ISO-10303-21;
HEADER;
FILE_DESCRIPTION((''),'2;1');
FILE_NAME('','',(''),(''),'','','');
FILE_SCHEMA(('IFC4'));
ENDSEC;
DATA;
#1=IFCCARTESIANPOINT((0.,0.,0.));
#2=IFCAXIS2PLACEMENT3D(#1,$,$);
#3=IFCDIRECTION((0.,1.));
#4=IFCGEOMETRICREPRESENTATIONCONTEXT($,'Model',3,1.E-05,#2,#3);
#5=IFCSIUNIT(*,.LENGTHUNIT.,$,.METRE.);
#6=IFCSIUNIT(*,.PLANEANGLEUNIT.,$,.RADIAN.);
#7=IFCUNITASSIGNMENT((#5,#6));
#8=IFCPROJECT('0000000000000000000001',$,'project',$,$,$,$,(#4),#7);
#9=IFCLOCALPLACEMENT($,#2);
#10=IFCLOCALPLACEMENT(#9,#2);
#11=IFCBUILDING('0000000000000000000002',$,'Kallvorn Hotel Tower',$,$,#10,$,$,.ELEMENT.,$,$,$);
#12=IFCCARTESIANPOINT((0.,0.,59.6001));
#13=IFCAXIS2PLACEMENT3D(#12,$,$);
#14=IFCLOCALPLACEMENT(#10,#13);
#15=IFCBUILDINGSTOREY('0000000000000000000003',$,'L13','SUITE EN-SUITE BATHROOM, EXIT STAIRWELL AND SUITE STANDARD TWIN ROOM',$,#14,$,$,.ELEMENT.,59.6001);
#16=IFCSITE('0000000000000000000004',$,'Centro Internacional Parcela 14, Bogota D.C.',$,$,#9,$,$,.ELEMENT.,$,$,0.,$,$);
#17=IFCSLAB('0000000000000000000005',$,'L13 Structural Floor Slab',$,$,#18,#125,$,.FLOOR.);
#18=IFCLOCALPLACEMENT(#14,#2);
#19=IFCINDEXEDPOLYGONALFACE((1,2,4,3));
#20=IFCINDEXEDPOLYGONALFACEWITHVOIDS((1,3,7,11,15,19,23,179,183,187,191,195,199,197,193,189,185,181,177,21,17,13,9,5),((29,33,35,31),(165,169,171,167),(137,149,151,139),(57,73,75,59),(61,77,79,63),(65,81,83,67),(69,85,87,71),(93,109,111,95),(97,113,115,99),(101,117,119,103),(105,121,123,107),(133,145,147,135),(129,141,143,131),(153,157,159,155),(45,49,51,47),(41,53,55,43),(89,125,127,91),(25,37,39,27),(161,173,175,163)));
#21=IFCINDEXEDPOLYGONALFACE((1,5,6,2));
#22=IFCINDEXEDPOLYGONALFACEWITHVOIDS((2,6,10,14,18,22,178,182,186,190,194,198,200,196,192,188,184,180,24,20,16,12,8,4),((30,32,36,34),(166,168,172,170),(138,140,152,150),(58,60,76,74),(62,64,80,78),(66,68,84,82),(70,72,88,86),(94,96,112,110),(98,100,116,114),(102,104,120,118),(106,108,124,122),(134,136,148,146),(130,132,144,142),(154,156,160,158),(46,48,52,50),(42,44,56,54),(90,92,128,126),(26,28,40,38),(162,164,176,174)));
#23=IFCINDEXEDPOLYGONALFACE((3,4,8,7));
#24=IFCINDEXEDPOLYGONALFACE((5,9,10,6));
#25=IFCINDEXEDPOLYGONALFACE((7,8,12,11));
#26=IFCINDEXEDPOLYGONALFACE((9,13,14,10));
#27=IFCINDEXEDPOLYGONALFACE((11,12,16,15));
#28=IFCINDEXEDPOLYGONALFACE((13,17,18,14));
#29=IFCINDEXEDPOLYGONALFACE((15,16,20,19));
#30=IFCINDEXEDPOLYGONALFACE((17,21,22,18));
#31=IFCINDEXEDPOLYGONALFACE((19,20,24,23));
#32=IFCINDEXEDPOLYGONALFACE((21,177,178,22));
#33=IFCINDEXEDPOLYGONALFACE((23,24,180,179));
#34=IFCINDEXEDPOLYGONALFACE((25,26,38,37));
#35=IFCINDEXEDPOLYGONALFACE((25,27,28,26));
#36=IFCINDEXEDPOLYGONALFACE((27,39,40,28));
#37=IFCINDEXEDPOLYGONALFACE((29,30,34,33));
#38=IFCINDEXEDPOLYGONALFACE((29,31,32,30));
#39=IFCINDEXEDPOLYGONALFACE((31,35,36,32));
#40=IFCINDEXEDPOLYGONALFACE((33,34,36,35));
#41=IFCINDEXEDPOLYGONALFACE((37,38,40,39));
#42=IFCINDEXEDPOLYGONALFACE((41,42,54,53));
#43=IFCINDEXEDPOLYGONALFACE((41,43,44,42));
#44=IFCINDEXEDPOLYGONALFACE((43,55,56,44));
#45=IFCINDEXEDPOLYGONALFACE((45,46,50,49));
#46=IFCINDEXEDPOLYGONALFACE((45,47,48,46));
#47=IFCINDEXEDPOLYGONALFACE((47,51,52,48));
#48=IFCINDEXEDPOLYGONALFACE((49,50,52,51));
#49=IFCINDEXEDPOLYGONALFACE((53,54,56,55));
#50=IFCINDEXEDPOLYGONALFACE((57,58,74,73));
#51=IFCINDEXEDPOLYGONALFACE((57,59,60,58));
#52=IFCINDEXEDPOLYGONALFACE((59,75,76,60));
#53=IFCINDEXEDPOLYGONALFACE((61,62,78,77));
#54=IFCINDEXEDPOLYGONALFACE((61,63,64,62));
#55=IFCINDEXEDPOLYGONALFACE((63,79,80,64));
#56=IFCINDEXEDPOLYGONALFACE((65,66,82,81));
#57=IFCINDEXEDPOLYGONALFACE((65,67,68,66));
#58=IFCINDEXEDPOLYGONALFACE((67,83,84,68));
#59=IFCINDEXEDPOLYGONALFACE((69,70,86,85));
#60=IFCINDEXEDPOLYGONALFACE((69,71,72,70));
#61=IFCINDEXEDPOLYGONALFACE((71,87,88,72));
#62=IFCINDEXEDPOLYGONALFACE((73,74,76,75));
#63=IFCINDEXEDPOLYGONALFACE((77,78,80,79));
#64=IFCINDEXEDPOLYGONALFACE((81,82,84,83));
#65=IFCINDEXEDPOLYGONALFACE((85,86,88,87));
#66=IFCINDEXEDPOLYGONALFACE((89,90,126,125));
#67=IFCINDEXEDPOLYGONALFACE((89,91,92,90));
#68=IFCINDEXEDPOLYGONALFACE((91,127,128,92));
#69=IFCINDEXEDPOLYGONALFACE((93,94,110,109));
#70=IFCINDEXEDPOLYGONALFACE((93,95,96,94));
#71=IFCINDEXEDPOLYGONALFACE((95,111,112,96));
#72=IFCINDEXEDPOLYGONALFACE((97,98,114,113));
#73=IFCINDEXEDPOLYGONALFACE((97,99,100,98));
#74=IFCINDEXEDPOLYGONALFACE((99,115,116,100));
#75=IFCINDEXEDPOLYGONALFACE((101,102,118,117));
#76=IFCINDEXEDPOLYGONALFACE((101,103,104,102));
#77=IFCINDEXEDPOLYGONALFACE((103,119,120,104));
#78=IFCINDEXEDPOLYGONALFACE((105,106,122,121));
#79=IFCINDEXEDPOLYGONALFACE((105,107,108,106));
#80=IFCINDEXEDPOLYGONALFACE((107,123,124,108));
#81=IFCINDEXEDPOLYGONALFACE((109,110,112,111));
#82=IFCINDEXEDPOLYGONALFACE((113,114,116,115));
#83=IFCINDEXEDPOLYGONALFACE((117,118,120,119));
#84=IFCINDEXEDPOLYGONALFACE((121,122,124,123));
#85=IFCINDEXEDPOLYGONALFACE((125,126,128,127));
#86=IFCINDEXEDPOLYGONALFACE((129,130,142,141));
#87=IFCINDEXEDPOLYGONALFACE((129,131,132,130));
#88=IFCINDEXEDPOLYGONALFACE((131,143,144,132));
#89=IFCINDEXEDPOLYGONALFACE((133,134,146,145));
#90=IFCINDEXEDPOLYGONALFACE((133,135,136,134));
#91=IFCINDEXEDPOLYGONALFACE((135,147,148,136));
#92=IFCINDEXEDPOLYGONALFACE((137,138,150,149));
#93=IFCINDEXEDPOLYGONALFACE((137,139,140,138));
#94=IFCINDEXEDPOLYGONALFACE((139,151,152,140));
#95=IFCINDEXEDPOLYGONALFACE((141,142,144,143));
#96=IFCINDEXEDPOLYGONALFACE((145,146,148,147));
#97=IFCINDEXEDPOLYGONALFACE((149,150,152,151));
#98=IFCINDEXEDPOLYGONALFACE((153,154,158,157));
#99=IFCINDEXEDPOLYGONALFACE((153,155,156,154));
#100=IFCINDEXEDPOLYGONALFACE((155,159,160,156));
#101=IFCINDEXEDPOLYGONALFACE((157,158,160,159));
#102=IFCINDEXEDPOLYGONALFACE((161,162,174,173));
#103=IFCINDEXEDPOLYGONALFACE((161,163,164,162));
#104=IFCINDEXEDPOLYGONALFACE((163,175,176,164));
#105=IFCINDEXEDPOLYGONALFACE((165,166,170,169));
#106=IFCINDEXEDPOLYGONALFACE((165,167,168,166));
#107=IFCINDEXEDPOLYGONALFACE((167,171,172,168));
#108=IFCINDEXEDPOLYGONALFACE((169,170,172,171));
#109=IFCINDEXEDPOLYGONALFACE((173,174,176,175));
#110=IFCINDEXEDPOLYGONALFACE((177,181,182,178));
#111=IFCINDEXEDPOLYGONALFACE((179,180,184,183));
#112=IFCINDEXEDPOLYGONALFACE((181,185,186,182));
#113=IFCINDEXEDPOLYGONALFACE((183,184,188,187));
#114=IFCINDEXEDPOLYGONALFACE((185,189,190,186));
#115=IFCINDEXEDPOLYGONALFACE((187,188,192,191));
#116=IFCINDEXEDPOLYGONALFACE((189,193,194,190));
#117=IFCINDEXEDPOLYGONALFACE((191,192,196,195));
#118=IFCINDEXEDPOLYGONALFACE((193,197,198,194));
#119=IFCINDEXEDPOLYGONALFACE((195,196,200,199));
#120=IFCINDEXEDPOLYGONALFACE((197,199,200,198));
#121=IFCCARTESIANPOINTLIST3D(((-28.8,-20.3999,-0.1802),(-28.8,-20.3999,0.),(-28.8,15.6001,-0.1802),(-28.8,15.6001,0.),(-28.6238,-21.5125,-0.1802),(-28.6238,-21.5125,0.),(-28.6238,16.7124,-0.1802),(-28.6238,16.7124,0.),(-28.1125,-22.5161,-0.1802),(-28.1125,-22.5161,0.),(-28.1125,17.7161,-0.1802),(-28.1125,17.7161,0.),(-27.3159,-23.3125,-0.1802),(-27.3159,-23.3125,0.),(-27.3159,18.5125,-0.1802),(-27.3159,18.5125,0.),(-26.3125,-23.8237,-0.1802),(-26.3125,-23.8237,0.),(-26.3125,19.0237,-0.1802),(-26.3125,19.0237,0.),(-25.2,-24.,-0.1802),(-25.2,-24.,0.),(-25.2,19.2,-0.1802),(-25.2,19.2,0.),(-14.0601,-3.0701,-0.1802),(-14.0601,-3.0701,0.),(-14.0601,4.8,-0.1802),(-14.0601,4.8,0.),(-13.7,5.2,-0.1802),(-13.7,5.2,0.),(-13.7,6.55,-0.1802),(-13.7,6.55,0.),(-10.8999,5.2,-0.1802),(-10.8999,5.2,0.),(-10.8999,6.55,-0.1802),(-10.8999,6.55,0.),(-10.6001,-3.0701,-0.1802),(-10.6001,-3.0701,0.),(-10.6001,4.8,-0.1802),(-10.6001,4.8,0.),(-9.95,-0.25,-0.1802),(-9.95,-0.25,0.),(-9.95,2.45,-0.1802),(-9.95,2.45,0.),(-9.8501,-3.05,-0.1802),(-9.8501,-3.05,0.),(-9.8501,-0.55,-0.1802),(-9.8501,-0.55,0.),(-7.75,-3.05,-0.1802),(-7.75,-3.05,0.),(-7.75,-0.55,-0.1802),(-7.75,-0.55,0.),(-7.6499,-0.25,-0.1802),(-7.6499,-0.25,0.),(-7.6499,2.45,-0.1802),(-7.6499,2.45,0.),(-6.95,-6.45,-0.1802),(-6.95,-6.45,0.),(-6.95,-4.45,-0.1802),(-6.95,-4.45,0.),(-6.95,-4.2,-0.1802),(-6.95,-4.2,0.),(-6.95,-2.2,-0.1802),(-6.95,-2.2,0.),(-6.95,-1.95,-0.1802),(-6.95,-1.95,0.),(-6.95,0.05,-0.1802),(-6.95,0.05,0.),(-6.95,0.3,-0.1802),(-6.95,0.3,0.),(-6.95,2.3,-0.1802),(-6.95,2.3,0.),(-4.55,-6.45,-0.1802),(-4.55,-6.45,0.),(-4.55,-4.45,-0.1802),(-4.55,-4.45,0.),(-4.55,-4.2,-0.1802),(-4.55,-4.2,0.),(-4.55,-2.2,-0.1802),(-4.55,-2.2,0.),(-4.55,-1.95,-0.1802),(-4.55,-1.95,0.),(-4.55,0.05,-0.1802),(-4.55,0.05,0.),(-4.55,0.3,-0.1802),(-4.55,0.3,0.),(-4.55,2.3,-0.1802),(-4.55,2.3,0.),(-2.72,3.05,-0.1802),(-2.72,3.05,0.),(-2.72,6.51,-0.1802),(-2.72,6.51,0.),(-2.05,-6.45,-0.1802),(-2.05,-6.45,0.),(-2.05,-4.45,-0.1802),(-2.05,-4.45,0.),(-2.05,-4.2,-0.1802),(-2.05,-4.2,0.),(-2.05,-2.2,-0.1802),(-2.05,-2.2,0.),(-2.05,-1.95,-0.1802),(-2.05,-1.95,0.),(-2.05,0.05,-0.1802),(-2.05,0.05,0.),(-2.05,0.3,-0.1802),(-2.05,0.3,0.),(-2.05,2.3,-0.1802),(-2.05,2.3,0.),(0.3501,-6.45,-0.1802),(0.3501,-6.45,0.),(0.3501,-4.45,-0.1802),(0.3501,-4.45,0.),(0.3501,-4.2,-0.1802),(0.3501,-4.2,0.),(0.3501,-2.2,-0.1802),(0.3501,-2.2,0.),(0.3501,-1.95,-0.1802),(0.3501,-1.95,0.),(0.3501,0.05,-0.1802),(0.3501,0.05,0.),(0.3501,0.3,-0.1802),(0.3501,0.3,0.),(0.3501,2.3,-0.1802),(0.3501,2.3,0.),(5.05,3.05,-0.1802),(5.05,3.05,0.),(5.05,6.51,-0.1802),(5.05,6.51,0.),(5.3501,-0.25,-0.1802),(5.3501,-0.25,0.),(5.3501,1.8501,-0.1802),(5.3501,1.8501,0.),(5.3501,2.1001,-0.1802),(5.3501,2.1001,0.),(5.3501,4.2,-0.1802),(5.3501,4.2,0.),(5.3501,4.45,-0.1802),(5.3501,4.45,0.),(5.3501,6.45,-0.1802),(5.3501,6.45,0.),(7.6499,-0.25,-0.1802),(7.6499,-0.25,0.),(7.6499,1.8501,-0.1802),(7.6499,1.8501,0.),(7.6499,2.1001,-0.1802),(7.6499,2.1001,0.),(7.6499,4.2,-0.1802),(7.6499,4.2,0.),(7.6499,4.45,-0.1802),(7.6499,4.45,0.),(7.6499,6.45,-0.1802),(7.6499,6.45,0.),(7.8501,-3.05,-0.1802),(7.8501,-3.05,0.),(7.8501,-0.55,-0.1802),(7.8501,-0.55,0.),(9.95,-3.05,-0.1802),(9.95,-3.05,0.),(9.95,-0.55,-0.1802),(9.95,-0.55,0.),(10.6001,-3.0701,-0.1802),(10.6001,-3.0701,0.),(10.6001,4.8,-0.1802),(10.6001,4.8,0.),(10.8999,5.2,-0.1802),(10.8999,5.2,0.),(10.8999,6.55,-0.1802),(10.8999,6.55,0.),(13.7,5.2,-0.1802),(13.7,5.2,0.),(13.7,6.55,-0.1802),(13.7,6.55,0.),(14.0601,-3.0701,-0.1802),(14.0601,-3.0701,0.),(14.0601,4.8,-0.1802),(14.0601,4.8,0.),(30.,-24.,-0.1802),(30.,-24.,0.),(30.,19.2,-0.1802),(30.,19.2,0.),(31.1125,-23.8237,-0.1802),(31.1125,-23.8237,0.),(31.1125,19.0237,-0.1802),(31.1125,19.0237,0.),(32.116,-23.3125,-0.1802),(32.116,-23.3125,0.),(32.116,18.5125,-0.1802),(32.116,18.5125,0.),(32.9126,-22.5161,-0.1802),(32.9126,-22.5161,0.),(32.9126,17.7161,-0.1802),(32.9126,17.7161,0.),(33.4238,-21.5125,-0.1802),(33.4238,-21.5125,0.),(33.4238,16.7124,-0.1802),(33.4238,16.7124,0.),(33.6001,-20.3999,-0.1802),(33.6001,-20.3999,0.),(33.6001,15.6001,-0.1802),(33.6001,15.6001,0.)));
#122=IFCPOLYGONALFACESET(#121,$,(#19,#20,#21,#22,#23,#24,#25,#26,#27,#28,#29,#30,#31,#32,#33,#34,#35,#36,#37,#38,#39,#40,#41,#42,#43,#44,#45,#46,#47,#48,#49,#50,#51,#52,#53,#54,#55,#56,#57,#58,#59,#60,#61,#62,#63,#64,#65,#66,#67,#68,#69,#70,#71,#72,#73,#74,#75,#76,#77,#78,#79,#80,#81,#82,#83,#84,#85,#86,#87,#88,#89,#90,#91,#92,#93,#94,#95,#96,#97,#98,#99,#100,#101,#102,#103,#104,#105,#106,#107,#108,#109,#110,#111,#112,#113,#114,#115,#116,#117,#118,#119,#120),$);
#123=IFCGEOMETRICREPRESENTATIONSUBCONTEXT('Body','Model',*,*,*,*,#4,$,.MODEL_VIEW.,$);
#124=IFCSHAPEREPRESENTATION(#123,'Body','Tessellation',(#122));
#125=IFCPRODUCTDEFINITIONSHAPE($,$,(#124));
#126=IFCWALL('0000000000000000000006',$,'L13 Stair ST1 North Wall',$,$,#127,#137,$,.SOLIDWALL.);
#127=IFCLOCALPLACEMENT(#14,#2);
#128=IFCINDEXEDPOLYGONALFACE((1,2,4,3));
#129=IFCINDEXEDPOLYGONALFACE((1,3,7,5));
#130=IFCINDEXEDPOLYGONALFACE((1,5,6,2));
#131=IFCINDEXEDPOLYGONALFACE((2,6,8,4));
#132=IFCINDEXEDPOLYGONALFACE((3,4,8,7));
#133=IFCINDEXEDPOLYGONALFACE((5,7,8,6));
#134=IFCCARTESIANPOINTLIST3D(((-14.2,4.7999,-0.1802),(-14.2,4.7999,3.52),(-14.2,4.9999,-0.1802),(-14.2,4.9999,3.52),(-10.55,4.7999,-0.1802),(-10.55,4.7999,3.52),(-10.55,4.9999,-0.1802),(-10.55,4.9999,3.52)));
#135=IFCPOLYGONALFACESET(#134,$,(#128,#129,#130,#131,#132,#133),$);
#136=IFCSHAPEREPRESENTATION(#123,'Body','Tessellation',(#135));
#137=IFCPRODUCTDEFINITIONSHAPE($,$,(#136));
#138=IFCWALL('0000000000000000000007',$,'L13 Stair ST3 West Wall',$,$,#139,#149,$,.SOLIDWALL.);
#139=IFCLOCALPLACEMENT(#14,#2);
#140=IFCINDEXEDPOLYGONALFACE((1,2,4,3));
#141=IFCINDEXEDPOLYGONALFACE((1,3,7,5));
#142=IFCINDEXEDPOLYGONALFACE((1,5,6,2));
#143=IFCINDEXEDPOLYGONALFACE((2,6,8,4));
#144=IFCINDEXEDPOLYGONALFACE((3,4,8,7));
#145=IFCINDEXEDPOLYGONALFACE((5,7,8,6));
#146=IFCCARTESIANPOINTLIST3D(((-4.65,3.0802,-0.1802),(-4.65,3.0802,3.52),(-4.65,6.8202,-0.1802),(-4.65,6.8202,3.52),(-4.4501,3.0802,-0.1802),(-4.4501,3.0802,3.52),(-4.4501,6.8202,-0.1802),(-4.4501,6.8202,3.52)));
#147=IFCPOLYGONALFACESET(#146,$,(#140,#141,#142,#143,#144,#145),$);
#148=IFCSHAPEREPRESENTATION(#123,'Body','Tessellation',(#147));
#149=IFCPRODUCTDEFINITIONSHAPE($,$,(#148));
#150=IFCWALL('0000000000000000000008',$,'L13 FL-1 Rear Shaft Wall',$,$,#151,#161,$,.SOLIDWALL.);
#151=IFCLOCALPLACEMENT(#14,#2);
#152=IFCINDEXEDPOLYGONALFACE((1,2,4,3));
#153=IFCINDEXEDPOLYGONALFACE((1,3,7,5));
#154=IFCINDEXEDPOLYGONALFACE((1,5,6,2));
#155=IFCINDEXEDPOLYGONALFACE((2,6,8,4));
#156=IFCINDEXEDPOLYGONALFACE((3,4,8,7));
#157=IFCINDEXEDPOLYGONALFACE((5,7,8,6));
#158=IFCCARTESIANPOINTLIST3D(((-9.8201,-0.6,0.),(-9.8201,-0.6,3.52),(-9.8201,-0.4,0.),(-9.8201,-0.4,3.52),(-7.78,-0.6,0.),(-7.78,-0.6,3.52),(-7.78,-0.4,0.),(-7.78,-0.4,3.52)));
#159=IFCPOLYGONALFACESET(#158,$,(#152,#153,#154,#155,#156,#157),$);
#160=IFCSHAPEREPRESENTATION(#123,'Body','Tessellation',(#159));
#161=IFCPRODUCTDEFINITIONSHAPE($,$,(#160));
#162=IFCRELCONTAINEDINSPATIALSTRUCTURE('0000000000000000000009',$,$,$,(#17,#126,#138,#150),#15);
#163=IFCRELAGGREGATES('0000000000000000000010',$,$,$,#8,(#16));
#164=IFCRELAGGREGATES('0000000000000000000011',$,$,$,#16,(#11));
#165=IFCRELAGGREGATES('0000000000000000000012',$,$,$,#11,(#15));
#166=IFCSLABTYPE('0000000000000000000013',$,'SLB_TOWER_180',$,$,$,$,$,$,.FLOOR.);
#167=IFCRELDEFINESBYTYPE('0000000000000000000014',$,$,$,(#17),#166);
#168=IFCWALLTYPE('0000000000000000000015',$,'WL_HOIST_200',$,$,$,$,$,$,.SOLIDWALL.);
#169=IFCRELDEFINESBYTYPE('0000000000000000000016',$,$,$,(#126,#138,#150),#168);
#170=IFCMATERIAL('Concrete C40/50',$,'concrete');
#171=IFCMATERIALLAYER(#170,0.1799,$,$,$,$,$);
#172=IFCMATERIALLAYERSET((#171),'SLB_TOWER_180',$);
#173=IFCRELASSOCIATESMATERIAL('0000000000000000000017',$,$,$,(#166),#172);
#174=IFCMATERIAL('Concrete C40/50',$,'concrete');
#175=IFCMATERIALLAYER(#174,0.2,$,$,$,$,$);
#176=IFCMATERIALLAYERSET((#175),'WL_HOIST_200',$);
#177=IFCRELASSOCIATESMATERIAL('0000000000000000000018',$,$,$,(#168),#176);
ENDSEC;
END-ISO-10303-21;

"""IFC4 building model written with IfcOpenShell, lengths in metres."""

from ifc_helpers import new_model, si_unit, direction, frame, frame_2d, origin, place, context, subcontext, project, spatial, polyline, rectangle, outline, extrude, material, layer, layer_set, type_object, element, save


model = new_model("IFC4")

# Units and contexts
model_context = context("Model", 3, precision=1e-05, world=origin(), true_north=direction((0.0, 1.0)))
body_context = subcontext(model_context, "Body", "Model", "MODEL_VIEW")
ifc_project = project(units=[si_unit("LENGTHUNIT", "METRE"), si_unit("PLANEANGLEUNIT", "RADIAN")], contexts=[model_context])

# Site, building, storey
site_placement = place(None, origin())
site = spatial("IfcSite", under=ifc_project, at=site_placement, Name="Centro Internacional Parcela 14, Bogota D.C.", CompositionType="ELEMENT", RefElevation=0.0)
building_placement = place(site_placement, origin())
building = spatial("IfcBuilding", under=site, at=building_placement, Name="Kallvorn Hotel Tower", CompositionType="ELEMENT")
storey_placement = place(building_placement, frame((0.0, 0.0, 59.6001)))
storey = spatial("IfcBuildingStorey", under=building, at=storey_placement, Name="L13", Description="SUITE EN-SUITE BATHROOM, EXIT STAIRWELL AND SUITE STANDARD TWIN ROOM", CompositionType="ELEMENT", Elevation=59.6001)

# Slab
ifc_material_1 = material(Name="Concrete C40/50", Category="concrete")
ifc_layer_1 = layer(ifc_material_1, 0.1799)
ifc_layer_set_1 = layer_set([ifc_layer_1], Name="SLB_TOWER_180")
slab_type_1 = type_object("IfcSlabType", Name="SLB_TOWER_180", PredefinedType="FLOOR", material=ifc_layer_set_1)
slab_1_placement = place(storey_placement, frame((0.0, 0.0, -0.1802)))
element("IfcSlab", 1, at=slab_1_placement, inside=storey, type_object=slab_type_1, Name="L13 Structural Floor Slab", PredefinedType="FLOOR", context=body_context, shape_type="SweptSolid", body=[
    extrude(outline(polyline([(30.0, -24.0), (31.1125, -23.8237), (32.116, -23.3125), (32.9126, -22.5161), (33.4238, -21.5125), (33.6001, -20.3999), (33.6001, 15.6001), (33.4238, 16.7124), (32.9126, 17.7161), (32.116, 18.5125), (31.1125, 19.0237), (30.0, 19.2), (-25.2, 19.2), (-26.3125, 19.0237), (-27.3159, 18.5125), (-28.1125, 17.7161), (-28.6238, 16.7124), (-28.8, 15.6001), (-28.8, -20.3999), (-28.6238, -21.5125), (-28.1125, -22.5161), (-27.3159, -23.3125), (-26.3125, -23.8237), (-25.2, -24.0), (30.0, -24.0)]), holes=[polyline([(-10.6001, -3.0701), (-10.6001, 4.8), (-14.0601, 4.8), (-14.0601, -3.0701), (-10.6001, -3.0701)]), polyline([(14.0601, -3.0701), (14.0601, 4.8), (10.6001, 4.8), (10.6001, -3.0701), (14.0601, -3.0701)]), polyline([(-2.72, 3.05), (5.05, 3.05), (5.05, 6.51), (-2.72, 6.51), (-2.72, 3.05)]), polyline([(-6.95, -6.45), (-4.55, -6.45), (-4.55, -4.45), (-6.95, -4.45), (-6.95, -6.45)]), polyline([(-6.95, -4.2), (-4.55, -4.2), (-4.55, -2.2), (-6.95, -2.2), (-6.95, -4.2)]), polyline([(-6.95, -1.95), (-4.55, -1.95), (-4.55, 0.05), (-6.95, 0.05), (-6.95, -1.95)]), polyline([(-6.95, 0.3), (-4.55, 0.3), (-4.55, 2.3), (-6.95, 2.3), (-6.95, 0.3)]), polyline([(-2.05, -6.45), (0.3501, -6.45), (0.3501, -4.45), (-2.05, -4.45), (-2.05, -6.45)]), polyline([(-2.05, -4.2), (0.3501, -4.2), (0.3501, -2.2), (-2.05, -2.2), (-2.05, -4.2)]), polyline([(-2.05, -1.95), (0.3501, -1.95), (0.3501, 0.05), (-2.05, 0.05), (-2.05, -1.95)]), polyline([(-2.05, 0.3), (0.3501, 0.3), (0.3501, 2.3), (-2.05, 2.3), (-2.05, 0.3)]), polyline([(5.3501, -0.25), (7.6499, -0.25), (7.6499, 1.8501), (5.3501, 1.8501), (5.3501, -0.25)]), polyline([(5.3501, 2.1001), (7.6499, 2.1001), (7.6499, 4.2), (5.3501, 4.2), (5.3501, 2.1001)]), polyline([(5.3501, 4.45), (7.6499, 4.45), (7.6499, 6.45), (5.3501, 6.45), (5.3501, 4.45)]), polyline([(-9.8501, -3.05), (-7.75, -3.05), (-7.75, -0.55), (-9.8501, -0.55), (-9.8501, -3.05)]), polyline([(7.8501, -3.05), (9.95, -3.05), (9.95, -0.55), (7.8501, -0.55), (7.8501, -3.05)]), polyline([(-9.95, -0.25), (-7.6499, -0.25), (-7.6499, 2.45), (-9.95, 2.45), (-9.95, -0.25)]), polyline([(-13.7, 5.2), (-10.8999, 5.2), (-10.8999, 6.55), (-13.7, 6.55), (-13.7, 5.2)]), polyline([(10.8999, 5.2), (13.7, 5.2), (13.7, 6.55), (10.8999, 6.55), (10.8999, 5.2)])]), origin(), (0.0, 0.0, 1.0), 0.1802),
])

# Walls
ifc_material_2 = material(Name="Concrete C40/50", Category="concrete")
ifc_layer_2 = layer(ifc_material_2, 0.2)
ifc_layer_set_2 = layer_set([ifc_layer_2], Name="WL_HOIST_200")
wall_type_1 = type_object("IfcWallType", Name="WL_HOIST_200", PredefinedType="SOLIDWALL", material=ifc_layer_set_2)
wall_1_placement = place(storey_placement, frame((-14.2, 4.8999, -0.1802), z_axis=(0.0, 0.0, 1.0), x_axis=(1.0, 0.0, 0.0)))
element("IfcWall", 2, at=wall_1_placement, inside=storey, type_object=wall_type_1, Name="L13 Stair ST1 North Wall", PredefinedType="SOLIDWALL", context=body_context, shape_type="SweptSolid", body=[
    extrude(rectangle(XDim=3.6499, YDim=0.2, at=frame_2d((1.825, 0.0))), origin(), (0.0, 0.0, 1.0), 3.7002),
])
wall_2_placement = place(storey_placement, frame((-4.55, 3.0801, -0.1802), z_axis=(0.0, 0.0, 1.0), x_axis=(0.0, 1.0, 0.0)))
element("IfcWall", 3, at=wall_2_placement, inside=storey, type_object=wall_type_1, Name="L13 Stair ST3 West Wall", PredefinedType="SOLIDWALL", context=body_context, shape_type="SweptSolid", body=[
    extrude(rectangle(XDim=3.74, YDim=0.2, at=frame_2d((1.8701, 0.0))), origin(), (0.0, 0.0, 1.0), 3.7002),
])
wall_3_placement = place(storey_placement, frame((-9.8201, -0.5, 0.0), z_axis=(0.0, 0.0, 1.0), x_axis=(1.0, 0.0, 0.0)))
element("IfcWall", 4, at=wall_3_placement, inside=storey, type_object=wall_type_1, Name="L13 FL-1 Rear Shaft Wall", PredefinedType="SOLIDWALL", context=body_context, shape_type="SweptSolid", body=[
    extrude(rectangle(XDim=2.04, YDim=0.2, at=frame_2d((1.02, 0.0))), origin(), (0.0, 0.0, 1.0), 3.52),
])

save(model, "model.ifc")
